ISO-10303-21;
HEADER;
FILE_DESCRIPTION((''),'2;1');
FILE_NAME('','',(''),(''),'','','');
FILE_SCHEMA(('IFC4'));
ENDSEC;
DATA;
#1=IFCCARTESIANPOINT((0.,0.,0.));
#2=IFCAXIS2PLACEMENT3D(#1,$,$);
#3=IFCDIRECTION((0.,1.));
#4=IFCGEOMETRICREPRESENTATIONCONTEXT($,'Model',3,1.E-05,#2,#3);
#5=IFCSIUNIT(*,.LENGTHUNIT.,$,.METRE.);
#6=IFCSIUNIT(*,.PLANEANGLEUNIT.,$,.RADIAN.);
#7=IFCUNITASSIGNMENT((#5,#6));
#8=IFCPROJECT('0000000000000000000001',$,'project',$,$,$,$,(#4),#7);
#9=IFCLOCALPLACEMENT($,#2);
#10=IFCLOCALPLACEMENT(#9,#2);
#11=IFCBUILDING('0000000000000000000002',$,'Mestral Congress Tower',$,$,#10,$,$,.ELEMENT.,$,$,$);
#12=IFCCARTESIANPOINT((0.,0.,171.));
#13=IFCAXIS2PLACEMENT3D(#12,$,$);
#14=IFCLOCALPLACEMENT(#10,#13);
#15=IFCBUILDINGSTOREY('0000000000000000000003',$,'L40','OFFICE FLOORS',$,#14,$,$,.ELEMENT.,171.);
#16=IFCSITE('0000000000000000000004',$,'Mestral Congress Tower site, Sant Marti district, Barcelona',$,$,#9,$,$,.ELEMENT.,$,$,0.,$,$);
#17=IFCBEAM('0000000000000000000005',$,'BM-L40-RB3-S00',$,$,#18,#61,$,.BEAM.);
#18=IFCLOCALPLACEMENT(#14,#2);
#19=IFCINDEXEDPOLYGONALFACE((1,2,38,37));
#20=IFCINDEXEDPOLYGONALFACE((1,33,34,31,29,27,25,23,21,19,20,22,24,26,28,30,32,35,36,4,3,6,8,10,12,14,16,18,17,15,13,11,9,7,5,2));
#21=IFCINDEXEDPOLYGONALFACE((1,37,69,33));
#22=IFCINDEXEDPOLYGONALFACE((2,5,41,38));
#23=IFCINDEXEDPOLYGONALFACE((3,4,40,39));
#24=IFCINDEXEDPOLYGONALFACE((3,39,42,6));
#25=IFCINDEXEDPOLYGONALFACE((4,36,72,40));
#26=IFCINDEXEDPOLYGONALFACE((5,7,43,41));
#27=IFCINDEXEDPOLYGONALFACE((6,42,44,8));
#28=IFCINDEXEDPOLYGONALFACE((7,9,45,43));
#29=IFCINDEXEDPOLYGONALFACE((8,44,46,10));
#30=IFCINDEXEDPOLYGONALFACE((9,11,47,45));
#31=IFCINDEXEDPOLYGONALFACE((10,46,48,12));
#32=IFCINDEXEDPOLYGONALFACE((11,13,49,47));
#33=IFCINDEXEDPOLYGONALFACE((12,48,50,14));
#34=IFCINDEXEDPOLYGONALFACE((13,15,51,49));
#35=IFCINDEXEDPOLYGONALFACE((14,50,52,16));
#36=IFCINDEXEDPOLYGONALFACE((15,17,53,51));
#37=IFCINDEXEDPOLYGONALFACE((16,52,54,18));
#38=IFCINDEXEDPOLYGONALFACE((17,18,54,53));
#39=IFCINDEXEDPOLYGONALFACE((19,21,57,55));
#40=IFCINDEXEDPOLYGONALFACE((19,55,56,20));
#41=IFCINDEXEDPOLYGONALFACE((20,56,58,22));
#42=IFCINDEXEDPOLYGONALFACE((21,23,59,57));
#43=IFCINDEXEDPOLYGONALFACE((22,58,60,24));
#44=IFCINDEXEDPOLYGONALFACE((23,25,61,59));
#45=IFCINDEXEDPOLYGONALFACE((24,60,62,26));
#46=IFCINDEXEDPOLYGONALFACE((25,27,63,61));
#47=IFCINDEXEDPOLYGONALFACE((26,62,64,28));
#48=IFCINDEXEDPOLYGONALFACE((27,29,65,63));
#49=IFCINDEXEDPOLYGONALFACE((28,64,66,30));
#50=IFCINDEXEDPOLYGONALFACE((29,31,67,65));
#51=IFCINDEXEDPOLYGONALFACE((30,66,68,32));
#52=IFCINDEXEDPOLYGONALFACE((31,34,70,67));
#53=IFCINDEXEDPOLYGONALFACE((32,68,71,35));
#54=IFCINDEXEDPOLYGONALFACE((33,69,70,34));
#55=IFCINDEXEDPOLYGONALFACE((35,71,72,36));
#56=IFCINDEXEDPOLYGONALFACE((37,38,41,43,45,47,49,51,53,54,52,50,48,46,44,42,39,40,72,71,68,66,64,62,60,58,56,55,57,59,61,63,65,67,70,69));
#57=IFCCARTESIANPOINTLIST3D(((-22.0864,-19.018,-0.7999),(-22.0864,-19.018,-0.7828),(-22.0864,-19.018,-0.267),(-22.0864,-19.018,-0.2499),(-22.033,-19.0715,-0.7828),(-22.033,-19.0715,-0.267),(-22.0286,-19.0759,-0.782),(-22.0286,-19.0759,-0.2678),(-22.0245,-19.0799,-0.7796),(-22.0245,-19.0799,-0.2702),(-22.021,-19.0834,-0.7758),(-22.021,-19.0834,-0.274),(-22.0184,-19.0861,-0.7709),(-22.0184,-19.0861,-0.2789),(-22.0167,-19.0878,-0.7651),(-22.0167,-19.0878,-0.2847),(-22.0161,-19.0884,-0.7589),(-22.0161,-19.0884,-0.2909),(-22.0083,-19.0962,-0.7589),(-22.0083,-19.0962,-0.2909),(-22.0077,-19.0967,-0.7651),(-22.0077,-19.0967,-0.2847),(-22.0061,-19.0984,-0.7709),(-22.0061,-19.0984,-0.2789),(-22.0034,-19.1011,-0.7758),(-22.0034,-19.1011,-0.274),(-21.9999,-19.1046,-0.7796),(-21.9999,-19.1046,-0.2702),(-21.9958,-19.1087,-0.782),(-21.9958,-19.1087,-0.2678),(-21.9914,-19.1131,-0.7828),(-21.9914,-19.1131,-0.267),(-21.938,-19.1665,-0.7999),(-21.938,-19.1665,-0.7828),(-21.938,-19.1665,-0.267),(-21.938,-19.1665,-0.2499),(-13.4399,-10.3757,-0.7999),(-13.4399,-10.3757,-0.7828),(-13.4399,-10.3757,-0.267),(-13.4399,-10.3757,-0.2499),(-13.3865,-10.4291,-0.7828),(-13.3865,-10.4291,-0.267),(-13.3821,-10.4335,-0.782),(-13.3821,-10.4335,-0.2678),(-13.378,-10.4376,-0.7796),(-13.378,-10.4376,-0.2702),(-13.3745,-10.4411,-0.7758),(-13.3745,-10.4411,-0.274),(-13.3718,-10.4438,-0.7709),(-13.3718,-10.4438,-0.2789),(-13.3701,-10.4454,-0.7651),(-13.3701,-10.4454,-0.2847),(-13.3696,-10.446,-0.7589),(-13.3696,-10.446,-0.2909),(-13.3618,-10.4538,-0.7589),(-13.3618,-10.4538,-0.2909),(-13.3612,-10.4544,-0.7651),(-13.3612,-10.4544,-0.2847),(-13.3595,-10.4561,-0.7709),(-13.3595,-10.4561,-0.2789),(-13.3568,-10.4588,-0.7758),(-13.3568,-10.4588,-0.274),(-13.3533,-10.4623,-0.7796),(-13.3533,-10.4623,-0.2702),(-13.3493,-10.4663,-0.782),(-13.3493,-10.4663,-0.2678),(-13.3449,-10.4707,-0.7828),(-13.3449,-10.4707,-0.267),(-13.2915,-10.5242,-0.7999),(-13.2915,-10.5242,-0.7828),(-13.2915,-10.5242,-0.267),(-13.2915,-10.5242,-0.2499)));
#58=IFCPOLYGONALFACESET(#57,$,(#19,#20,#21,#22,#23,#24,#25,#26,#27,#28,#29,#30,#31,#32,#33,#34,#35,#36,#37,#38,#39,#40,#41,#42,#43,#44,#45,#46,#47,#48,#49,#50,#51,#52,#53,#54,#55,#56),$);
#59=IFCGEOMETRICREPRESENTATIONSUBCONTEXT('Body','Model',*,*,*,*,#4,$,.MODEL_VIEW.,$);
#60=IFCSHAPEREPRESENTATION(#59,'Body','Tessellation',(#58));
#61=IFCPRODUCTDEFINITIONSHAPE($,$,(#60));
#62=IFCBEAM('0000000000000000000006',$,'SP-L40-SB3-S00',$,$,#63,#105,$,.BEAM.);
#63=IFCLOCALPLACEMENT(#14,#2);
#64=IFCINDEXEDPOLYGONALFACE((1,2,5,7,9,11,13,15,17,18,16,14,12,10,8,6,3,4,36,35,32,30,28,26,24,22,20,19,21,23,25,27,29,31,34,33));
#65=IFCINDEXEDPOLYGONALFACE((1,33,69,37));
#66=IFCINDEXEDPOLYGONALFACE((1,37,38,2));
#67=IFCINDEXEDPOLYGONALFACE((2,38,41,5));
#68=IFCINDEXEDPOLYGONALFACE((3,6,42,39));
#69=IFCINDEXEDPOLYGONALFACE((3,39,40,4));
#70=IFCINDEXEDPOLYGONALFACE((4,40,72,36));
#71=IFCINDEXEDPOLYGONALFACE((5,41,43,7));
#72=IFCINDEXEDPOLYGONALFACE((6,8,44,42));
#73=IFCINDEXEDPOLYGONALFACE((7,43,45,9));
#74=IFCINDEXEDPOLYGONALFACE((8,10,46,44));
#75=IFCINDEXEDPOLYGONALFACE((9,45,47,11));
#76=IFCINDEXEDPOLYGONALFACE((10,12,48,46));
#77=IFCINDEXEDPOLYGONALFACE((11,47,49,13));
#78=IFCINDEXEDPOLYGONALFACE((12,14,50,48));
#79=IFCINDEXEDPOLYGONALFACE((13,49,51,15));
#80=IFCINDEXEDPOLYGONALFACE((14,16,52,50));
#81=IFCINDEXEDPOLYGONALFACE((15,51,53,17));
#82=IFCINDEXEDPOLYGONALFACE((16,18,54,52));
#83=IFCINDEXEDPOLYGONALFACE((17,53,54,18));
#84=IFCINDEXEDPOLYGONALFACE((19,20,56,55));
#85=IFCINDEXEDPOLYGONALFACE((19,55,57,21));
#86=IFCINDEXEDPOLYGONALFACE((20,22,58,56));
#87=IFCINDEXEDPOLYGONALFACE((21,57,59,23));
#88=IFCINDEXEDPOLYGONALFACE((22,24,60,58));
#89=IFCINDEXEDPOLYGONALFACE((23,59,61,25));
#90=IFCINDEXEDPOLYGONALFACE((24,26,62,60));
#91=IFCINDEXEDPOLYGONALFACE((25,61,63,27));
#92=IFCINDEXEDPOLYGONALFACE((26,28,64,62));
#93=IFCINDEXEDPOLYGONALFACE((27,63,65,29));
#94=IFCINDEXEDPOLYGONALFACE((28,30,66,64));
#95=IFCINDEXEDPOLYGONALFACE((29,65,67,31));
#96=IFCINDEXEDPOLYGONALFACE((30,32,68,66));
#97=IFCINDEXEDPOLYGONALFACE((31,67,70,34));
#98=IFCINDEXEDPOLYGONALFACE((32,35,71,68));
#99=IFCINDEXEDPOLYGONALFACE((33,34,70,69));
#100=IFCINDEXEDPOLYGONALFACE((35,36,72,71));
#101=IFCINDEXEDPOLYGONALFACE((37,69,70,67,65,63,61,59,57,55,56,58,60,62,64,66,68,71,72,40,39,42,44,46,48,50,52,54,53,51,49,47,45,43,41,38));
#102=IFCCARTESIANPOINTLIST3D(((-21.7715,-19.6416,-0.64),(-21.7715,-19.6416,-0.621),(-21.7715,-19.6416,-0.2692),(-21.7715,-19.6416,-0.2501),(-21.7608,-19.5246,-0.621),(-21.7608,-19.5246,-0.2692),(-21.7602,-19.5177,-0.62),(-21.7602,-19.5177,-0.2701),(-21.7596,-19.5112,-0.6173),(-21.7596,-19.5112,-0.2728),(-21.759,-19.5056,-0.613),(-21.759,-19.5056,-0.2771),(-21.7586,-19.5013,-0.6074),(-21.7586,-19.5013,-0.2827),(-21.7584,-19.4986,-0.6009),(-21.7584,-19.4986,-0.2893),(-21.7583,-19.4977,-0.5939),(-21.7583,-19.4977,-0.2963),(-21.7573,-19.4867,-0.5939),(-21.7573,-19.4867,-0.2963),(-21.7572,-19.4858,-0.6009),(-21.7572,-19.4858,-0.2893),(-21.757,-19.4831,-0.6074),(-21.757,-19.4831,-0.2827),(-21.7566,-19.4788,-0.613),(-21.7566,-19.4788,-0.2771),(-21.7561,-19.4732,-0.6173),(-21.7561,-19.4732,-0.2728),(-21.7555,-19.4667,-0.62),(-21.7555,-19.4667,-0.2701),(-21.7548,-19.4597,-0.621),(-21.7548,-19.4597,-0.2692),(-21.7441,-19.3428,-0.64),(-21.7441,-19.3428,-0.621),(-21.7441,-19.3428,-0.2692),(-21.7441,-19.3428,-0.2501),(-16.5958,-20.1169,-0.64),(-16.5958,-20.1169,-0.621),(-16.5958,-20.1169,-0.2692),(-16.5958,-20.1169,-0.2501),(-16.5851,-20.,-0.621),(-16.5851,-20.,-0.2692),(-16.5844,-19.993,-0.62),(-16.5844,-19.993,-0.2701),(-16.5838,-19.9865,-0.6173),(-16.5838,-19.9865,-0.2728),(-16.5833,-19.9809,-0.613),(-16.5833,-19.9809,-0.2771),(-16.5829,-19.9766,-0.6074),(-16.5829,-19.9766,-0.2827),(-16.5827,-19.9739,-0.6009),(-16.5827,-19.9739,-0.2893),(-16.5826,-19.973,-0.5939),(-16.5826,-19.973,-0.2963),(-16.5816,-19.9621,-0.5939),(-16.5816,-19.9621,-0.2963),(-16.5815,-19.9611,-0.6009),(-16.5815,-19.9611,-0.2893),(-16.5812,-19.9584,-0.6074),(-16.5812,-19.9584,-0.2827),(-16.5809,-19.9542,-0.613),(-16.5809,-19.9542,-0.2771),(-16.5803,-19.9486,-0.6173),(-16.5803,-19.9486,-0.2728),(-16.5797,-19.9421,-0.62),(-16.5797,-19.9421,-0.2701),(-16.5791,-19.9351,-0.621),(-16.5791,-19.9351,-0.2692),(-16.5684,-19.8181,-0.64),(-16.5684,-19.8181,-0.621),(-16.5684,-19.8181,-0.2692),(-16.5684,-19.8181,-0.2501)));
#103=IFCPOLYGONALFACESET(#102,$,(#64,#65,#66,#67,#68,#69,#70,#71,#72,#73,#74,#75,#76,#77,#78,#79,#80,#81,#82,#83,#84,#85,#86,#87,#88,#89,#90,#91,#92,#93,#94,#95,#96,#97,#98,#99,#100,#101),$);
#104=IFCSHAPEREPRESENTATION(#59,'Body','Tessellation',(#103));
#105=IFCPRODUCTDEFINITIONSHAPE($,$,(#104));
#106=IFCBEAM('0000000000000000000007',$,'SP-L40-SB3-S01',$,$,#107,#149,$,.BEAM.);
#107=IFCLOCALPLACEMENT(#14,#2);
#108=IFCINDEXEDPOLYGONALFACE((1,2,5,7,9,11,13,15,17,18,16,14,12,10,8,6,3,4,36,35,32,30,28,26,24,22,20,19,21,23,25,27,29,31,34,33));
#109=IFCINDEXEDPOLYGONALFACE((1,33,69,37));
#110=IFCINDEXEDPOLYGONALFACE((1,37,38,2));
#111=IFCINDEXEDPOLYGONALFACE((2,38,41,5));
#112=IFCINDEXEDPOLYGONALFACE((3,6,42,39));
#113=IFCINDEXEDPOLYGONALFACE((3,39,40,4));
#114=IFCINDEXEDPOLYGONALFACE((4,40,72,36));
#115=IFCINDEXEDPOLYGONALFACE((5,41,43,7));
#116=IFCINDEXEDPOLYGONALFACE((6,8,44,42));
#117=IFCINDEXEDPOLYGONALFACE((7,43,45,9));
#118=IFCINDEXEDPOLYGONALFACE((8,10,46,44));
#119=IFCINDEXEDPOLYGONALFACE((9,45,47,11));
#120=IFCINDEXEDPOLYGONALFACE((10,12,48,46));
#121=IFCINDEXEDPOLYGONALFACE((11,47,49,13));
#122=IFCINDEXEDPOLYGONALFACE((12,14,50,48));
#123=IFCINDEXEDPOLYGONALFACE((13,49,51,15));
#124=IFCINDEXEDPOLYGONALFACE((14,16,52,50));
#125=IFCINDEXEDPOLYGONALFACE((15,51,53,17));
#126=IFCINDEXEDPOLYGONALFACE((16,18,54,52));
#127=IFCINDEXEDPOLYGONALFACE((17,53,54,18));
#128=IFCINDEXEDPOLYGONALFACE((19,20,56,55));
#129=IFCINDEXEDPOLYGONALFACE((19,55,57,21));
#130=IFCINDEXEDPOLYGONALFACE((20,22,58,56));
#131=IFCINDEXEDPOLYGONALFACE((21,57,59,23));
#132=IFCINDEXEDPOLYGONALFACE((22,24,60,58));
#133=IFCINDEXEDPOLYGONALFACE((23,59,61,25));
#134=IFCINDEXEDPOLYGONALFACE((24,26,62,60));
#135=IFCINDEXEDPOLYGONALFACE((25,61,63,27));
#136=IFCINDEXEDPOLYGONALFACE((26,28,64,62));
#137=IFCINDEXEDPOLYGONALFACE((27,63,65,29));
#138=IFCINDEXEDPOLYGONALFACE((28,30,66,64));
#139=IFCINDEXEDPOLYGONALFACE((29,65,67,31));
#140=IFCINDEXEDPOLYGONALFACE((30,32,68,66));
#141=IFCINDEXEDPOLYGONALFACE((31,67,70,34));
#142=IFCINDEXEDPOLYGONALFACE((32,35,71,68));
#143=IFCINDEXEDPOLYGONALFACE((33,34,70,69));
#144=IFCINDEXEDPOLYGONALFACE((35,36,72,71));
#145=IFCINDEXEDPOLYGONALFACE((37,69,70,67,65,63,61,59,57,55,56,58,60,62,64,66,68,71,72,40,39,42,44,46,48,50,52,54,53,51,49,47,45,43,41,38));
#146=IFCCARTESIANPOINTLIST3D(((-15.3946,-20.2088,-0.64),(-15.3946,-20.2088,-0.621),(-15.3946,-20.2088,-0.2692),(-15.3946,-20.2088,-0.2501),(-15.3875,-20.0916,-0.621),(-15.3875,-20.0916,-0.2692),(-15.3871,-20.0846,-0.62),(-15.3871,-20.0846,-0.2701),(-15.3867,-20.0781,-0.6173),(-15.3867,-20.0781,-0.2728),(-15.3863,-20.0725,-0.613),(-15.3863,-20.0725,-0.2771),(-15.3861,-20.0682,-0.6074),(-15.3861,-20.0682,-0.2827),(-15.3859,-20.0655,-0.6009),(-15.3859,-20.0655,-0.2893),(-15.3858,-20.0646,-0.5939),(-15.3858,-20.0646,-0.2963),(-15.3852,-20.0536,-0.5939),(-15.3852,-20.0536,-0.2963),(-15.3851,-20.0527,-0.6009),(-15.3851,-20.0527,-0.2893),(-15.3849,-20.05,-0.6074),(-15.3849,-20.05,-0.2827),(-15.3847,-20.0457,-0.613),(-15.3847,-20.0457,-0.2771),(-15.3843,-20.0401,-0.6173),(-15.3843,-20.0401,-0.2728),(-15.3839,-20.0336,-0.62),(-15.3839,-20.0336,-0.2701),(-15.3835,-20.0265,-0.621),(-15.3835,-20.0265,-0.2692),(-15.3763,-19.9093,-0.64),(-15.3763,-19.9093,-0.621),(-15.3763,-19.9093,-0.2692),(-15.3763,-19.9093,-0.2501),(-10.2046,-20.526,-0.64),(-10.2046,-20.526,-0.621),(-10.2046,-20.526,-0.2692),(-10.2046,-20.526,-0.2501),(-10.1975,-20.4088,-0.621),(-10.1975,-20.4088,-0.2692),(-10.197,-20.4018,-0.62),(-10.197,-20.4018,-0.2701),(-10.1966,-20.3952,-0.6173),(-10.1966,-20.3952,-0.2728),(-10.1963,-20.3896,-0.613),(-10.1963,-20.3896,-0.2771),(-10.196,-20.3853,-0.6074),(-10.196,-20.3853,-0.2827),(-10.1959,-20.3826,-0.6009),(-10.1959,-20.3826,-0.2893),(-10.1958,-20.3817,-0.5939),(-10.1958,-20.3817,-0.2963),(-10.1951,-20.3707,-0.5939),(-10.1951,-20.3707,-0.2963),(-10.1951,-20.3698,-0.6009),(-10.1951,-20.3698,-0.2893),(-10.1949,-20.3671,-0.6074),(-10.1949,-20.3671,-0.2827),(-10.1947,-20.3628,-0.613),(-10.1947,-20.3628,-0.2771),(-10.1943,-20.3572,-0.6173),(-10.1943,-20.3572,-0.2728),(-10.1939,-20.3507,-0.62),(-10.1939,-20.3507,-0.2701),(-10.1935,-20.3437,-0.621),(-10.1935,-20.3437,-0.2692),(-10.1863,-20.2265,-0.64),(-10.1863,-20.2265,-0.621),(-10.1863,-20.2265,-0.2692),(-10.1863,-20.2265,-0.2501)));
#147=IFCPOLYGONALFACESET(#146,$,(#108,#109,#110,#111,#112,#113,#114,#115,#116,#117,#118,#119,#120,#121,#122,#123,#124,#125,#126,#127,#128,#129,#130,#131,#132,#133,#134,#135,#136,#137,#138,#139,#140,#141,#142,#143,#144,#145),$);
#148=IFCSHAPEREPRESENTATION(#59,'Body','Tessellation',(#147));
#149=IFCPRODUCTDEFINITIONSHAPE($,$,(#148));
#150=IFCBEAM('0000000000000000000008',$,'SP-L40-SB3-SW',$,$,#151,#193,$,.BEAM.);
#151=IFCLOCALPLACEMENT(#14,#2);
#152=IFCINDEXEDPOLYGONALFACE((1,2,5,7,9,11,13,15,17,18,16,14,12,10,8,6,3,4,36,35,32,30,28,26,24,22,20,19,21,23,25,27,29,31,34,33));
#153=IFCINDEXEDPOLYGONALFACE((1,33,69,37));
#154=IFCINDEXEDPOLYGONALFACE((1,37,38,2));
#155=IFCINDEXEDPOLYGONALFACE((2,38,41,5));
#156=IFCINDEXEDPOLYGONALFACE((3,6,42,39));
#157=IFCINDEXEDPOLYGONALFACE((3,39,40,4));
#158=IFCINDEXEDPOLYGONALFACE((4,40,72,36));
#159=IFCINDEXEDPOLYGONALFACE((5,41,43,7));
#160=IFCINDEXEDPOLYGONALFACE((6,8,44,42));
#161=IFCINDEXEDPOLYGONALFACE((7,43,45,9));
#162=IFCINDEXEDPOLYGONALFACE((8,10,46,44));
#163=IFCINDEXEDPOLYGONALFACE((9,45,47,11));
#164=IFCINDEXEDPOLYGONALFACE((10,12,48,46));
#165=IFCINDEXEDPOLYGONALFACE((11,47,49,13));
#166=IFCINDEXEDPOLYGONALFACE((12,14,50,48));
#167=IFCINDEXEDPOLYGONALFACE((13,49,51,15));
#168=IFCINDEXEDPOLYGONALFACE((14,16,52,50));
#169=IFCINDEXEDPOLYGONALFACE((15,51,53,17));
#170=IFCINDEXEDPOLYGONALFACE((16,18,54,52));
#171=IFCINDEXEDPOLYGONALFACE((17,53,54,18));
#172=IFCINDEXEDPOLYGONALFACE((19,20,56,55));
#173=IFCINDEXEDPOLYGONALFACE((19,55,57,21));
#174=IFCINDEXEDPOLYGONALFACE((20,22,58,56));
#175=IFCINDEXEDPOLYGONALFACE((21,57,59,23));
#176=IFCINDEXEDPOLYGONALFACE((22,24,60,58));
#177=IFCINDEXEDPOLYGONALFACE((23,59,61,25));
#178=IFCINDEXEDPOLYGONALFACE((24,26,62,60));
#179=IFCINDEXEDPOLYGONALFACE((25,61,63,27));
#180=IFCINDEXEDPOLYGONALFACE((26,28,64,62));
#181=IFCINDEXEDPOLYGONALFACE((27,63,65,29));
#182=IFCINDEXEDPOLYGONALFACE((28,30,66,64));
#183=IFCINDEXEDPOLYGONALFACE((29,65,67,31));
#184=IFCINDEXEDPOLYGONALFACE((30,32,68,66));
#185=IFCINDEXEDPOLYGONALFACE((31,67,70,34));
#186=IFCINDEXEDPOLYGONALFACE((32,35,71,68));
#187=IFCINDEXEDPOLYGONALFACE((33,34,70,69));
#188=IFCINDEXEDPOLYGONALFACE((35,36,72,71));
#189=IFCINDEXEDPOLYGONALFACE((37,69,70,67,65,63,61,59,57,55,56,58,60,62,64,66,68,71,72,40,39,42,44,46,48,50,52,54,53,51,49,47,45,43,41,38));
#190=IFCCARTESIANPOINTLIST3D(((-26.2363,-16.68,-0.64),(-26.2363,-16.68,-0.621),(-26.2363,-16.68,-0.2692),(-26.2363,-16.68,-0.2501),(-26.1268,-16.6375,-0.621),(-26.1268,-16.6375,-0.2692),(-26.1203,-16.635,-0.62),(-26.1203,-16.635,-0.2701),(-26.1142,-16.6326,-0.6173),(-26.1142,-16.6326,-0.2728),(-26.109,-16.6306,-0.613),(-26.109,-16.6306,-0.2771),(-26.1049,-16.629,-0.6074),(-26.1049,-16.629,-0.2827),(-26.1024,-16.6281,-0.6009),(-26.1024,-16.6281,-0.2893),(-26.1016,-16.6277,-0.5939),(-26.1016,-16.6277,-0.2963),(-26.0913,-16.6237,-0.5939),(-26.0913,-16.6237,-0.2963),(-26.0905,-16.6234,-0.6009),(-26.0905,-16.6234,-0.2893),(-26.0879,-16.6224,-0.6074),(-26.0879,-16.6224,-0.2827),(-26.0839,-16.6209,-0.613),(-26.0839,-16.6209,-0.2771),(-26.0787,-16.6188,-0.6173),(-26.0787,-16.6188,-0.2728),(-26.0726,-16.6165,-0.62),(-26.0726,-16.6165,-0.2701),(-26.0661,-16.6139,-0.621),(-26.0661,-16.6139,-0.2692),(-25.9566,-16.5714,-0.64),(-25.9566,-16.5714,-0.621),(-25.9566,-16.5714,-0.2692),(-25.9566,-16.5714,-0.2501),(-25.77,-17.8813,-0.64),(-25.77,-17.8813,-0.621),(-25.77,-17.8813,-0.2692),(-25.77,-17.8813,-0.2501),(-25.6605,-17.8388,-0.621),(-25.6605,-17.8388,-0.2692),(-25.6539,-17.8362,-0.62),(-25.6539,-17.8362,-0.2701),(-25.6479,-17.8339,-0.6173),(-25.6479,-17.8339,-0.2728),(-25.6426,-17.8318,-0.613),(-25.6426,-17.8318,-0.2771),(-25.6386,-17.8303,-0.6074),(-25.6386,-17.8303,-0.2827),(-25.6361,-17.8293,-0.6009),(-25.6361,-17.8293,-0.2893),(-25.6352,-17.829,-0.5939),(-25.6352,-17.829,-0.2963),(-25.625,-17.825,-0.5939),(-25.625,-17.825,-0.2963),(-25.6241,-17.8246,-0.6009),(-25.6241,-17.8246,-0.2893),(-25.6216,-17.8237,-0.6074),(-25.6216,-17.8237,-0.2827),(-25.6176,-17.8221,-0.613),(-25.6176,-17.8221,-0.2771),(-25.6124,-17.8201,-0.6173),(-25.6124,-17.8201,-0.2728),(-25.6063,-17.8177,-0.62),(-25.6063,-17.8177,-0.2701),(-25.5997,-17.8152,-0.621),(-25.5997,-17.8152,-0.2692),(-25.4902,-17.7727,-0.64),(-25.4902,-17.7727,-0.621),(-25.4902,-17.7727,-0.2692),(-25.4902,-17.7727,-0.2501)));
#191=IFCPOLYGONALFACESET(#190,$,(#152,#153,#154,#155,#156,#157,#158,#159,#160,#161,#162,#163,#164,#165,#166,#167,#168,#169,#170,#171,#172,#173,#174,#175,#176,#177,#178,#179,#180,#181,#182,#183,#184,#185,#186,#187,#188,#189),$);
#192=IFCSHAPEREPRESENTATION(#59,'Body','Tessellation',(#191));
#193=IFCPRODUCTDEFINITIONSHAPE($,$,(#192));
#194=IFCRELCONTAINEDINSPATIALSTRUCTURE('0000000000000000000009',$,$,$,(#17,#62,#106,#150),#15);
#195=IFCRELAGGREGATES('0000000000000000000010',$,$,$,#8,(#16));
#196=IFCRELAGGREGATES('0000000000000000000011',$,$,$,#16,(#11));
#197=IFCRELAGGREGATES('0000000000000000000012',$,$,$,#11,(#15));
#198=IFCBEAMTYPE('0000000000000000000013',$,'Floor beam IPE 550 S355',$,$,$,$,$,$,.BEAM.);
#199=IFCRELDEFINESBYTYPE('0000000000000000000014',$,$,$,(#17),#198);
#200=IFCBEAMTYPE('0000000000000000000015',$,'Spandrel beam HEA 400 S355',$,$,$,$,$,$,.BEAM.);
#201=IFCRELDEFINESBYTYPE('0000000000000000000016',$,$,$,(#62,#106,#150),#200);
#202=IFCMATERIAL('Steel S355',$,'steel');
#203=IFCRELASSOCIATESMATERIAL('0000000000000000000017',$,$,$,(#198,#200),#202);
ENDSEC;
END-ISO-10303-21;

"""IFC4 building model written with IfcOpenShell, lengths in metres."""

from ifc_helpers import new_model, si_unit, direction, frame, origin, origin_2d, place, context, subcontext, project, spatial, i_section, extrude, material, material_profile, profile_set, type_object, element, save


model = new_model("IFC4")

# Units and contexts
model_context = context("Model", 3, precision=1e-05, world=origin(), true_north=direction((0.0, 1.0)))
body_context = subcontext(model_context, "Body", "Model", "MODEL_VIEW")
ifc_project = project(units=[si_unit("LENGTHUNIT", "METRE"), si_unit("PLANEANGLEUNIT", "RADIAN")], contexts=[model_context])

# Site, building, storey
site_placement = place(None, origin())
site = spatial("IfcSite", under=ifc_project, at=site_placement, Name="Mestral Congress Tower site, Sant Marti district, Barcelona", CompositionType="ELEMENT", RefElevation=0.0)
building_placement = place(site_placement, origin())
building = spatial("IfcBuilding", under=site, at=building_placement, Name="Mestral Congress Tower", CompositionType="ELEMENT")
storey_placement = place(building_placement, frame((0.0, 0.0, 171.0)))
storey = spatial("IfcBuildingStorey", under=building, at=storey_placement, Name="L40", Description="OFFICE FLOORS", CompositionType="ELEMENT", Elevation=171.0)

# Beams
ifc_material_1 = material(Name="Steel S355", Category="steel")
ifc_material_profile_1 = material_profile(ifc_material_1, i_section(OverallWidth=0.21, OverallDepth=0.55, WebThickness=0.011, FlangeThickness=0.0171, FilletRadius=0.0239, at=origin_2d()), Name="IPE 550")
ifc_profile_set_1 = profile_set([ifc_material_profile_1], Name="Steel S355")
beam_type_1 = type_object("IfcBeamType", Name="Floor beam IPE 550 S355", PredefinedType="BEAM", material=ifc_profile_set_1)
beam_1_placement = place(storey_placement, frame((-22.0122, -19.0923, -0.5249), z_axis=(0.707277, 0.706937, 0.0), x_axis=(-0.706937, 0.707277, 0.0)))
element("IfcBeam", 1, at=beam_1_placement, inside=storey, type_object=beam_type_1, Name="BM-L40-RB3-S00", PredefinedType="BEAM", context=body_context, shape_type="SweptSolid", body=[
    extrude(i_section(OverallWidth=0.21, OverallDepth=0.55, WebThickness=0.011, FlangeThickness=0.0171, FilletRadius=0.0239, at=origin_2d()), origin(), (0.0, 0.0, 1.0), 12.2251),
])
ifc_material_profile_2 = material_profile(ifc_material_1, i_section(OverallWidth=0.3, OverallDepth=0.3899, WebThickness=0.011, FlangeThickness=0.019, FilletRadius=0.0271, at=origin_2d()), Name="HEA 400")
ifc_profile_set_2 = profile_set([ifc_material_profile_2], Name="Steel S355")
beam_type_2 = type_object("IfcBeamType", Name="Spandrel beam HEA 400 S355", PredefinedType="BEAM", material=ifc_profile_set_2)
beam_2_placement = place(storey_placement, frame((-21.7578, -19.4922, -0.4451), z_axis=(0.995809, -0.091455, 0.0), x_axis=(0.091455, 0.995809, 0.0)))
element("IfcBeam", 2, at=beam_2_placement, inside=storey, type_object=beam_type_2, Name="SP-L40-SB3-S00", PredefinedType="BEAM", context=body_context, shape_type="SweptSolid", body=[
    extrude(i_section(OverallWidth=0.3, OverallDepth=0.3899, WebThickness=0.011, FlangeThickness=0.019, FilletRadius=0.0271, at=origin_2d()), origin(), (0.0, 0.0, 1.0), 5.1975),
])
beam_3_placement = place(storey_placement, frame((-15.3855, -20.0591, -0.4451), z_axis=(0.998138, -0.060993, 0.0), x_axis=(0.060993, 0.998138, 0.0)))
element("IfcBeam", 3, at=beam_3_placement, inside=storey, type_object=beam_type_2, Name="SP-L40-SB3-S01", PredefinedType="BEAM", context=body_context, shape_type="SweptSolid", body=[
    extrude(i_section(OverallWidth=0.3, OverallDepth=0.3899, WebThickness=0.011, FlangeThickness=0.019, FilletRadius=0.0271, at=origin_2d()), origin(), (0.0, 0.0, 1.0), 5.1997),
])
beam_4_placement = place(storey_placement, frame((-26.0964, -16.6257, -0.4451), z_axis=(0.361898, -0.932218, 0.0), x_axis=(0.932218, 0.361898, 0.0)))
element("IfcBeam", 4, at=beam_4_placement, inside=storey, type_object=beam_type_2, Name="SP-L40-SB3-SW", PredefinedType="BEAM", context=body_context, shape_type="SweptSolid", body=[
    extrude(i_section(OverallWidth=0.3, OverallDepth=0.3899, WebThickness=0.011, FlangeThickness=0.019, FilletRadius=0.0271, at=origin_2d()), origin(), (0.0, 0.0, 1.0), 1.2886),
])

save(model, "model.ifc")
